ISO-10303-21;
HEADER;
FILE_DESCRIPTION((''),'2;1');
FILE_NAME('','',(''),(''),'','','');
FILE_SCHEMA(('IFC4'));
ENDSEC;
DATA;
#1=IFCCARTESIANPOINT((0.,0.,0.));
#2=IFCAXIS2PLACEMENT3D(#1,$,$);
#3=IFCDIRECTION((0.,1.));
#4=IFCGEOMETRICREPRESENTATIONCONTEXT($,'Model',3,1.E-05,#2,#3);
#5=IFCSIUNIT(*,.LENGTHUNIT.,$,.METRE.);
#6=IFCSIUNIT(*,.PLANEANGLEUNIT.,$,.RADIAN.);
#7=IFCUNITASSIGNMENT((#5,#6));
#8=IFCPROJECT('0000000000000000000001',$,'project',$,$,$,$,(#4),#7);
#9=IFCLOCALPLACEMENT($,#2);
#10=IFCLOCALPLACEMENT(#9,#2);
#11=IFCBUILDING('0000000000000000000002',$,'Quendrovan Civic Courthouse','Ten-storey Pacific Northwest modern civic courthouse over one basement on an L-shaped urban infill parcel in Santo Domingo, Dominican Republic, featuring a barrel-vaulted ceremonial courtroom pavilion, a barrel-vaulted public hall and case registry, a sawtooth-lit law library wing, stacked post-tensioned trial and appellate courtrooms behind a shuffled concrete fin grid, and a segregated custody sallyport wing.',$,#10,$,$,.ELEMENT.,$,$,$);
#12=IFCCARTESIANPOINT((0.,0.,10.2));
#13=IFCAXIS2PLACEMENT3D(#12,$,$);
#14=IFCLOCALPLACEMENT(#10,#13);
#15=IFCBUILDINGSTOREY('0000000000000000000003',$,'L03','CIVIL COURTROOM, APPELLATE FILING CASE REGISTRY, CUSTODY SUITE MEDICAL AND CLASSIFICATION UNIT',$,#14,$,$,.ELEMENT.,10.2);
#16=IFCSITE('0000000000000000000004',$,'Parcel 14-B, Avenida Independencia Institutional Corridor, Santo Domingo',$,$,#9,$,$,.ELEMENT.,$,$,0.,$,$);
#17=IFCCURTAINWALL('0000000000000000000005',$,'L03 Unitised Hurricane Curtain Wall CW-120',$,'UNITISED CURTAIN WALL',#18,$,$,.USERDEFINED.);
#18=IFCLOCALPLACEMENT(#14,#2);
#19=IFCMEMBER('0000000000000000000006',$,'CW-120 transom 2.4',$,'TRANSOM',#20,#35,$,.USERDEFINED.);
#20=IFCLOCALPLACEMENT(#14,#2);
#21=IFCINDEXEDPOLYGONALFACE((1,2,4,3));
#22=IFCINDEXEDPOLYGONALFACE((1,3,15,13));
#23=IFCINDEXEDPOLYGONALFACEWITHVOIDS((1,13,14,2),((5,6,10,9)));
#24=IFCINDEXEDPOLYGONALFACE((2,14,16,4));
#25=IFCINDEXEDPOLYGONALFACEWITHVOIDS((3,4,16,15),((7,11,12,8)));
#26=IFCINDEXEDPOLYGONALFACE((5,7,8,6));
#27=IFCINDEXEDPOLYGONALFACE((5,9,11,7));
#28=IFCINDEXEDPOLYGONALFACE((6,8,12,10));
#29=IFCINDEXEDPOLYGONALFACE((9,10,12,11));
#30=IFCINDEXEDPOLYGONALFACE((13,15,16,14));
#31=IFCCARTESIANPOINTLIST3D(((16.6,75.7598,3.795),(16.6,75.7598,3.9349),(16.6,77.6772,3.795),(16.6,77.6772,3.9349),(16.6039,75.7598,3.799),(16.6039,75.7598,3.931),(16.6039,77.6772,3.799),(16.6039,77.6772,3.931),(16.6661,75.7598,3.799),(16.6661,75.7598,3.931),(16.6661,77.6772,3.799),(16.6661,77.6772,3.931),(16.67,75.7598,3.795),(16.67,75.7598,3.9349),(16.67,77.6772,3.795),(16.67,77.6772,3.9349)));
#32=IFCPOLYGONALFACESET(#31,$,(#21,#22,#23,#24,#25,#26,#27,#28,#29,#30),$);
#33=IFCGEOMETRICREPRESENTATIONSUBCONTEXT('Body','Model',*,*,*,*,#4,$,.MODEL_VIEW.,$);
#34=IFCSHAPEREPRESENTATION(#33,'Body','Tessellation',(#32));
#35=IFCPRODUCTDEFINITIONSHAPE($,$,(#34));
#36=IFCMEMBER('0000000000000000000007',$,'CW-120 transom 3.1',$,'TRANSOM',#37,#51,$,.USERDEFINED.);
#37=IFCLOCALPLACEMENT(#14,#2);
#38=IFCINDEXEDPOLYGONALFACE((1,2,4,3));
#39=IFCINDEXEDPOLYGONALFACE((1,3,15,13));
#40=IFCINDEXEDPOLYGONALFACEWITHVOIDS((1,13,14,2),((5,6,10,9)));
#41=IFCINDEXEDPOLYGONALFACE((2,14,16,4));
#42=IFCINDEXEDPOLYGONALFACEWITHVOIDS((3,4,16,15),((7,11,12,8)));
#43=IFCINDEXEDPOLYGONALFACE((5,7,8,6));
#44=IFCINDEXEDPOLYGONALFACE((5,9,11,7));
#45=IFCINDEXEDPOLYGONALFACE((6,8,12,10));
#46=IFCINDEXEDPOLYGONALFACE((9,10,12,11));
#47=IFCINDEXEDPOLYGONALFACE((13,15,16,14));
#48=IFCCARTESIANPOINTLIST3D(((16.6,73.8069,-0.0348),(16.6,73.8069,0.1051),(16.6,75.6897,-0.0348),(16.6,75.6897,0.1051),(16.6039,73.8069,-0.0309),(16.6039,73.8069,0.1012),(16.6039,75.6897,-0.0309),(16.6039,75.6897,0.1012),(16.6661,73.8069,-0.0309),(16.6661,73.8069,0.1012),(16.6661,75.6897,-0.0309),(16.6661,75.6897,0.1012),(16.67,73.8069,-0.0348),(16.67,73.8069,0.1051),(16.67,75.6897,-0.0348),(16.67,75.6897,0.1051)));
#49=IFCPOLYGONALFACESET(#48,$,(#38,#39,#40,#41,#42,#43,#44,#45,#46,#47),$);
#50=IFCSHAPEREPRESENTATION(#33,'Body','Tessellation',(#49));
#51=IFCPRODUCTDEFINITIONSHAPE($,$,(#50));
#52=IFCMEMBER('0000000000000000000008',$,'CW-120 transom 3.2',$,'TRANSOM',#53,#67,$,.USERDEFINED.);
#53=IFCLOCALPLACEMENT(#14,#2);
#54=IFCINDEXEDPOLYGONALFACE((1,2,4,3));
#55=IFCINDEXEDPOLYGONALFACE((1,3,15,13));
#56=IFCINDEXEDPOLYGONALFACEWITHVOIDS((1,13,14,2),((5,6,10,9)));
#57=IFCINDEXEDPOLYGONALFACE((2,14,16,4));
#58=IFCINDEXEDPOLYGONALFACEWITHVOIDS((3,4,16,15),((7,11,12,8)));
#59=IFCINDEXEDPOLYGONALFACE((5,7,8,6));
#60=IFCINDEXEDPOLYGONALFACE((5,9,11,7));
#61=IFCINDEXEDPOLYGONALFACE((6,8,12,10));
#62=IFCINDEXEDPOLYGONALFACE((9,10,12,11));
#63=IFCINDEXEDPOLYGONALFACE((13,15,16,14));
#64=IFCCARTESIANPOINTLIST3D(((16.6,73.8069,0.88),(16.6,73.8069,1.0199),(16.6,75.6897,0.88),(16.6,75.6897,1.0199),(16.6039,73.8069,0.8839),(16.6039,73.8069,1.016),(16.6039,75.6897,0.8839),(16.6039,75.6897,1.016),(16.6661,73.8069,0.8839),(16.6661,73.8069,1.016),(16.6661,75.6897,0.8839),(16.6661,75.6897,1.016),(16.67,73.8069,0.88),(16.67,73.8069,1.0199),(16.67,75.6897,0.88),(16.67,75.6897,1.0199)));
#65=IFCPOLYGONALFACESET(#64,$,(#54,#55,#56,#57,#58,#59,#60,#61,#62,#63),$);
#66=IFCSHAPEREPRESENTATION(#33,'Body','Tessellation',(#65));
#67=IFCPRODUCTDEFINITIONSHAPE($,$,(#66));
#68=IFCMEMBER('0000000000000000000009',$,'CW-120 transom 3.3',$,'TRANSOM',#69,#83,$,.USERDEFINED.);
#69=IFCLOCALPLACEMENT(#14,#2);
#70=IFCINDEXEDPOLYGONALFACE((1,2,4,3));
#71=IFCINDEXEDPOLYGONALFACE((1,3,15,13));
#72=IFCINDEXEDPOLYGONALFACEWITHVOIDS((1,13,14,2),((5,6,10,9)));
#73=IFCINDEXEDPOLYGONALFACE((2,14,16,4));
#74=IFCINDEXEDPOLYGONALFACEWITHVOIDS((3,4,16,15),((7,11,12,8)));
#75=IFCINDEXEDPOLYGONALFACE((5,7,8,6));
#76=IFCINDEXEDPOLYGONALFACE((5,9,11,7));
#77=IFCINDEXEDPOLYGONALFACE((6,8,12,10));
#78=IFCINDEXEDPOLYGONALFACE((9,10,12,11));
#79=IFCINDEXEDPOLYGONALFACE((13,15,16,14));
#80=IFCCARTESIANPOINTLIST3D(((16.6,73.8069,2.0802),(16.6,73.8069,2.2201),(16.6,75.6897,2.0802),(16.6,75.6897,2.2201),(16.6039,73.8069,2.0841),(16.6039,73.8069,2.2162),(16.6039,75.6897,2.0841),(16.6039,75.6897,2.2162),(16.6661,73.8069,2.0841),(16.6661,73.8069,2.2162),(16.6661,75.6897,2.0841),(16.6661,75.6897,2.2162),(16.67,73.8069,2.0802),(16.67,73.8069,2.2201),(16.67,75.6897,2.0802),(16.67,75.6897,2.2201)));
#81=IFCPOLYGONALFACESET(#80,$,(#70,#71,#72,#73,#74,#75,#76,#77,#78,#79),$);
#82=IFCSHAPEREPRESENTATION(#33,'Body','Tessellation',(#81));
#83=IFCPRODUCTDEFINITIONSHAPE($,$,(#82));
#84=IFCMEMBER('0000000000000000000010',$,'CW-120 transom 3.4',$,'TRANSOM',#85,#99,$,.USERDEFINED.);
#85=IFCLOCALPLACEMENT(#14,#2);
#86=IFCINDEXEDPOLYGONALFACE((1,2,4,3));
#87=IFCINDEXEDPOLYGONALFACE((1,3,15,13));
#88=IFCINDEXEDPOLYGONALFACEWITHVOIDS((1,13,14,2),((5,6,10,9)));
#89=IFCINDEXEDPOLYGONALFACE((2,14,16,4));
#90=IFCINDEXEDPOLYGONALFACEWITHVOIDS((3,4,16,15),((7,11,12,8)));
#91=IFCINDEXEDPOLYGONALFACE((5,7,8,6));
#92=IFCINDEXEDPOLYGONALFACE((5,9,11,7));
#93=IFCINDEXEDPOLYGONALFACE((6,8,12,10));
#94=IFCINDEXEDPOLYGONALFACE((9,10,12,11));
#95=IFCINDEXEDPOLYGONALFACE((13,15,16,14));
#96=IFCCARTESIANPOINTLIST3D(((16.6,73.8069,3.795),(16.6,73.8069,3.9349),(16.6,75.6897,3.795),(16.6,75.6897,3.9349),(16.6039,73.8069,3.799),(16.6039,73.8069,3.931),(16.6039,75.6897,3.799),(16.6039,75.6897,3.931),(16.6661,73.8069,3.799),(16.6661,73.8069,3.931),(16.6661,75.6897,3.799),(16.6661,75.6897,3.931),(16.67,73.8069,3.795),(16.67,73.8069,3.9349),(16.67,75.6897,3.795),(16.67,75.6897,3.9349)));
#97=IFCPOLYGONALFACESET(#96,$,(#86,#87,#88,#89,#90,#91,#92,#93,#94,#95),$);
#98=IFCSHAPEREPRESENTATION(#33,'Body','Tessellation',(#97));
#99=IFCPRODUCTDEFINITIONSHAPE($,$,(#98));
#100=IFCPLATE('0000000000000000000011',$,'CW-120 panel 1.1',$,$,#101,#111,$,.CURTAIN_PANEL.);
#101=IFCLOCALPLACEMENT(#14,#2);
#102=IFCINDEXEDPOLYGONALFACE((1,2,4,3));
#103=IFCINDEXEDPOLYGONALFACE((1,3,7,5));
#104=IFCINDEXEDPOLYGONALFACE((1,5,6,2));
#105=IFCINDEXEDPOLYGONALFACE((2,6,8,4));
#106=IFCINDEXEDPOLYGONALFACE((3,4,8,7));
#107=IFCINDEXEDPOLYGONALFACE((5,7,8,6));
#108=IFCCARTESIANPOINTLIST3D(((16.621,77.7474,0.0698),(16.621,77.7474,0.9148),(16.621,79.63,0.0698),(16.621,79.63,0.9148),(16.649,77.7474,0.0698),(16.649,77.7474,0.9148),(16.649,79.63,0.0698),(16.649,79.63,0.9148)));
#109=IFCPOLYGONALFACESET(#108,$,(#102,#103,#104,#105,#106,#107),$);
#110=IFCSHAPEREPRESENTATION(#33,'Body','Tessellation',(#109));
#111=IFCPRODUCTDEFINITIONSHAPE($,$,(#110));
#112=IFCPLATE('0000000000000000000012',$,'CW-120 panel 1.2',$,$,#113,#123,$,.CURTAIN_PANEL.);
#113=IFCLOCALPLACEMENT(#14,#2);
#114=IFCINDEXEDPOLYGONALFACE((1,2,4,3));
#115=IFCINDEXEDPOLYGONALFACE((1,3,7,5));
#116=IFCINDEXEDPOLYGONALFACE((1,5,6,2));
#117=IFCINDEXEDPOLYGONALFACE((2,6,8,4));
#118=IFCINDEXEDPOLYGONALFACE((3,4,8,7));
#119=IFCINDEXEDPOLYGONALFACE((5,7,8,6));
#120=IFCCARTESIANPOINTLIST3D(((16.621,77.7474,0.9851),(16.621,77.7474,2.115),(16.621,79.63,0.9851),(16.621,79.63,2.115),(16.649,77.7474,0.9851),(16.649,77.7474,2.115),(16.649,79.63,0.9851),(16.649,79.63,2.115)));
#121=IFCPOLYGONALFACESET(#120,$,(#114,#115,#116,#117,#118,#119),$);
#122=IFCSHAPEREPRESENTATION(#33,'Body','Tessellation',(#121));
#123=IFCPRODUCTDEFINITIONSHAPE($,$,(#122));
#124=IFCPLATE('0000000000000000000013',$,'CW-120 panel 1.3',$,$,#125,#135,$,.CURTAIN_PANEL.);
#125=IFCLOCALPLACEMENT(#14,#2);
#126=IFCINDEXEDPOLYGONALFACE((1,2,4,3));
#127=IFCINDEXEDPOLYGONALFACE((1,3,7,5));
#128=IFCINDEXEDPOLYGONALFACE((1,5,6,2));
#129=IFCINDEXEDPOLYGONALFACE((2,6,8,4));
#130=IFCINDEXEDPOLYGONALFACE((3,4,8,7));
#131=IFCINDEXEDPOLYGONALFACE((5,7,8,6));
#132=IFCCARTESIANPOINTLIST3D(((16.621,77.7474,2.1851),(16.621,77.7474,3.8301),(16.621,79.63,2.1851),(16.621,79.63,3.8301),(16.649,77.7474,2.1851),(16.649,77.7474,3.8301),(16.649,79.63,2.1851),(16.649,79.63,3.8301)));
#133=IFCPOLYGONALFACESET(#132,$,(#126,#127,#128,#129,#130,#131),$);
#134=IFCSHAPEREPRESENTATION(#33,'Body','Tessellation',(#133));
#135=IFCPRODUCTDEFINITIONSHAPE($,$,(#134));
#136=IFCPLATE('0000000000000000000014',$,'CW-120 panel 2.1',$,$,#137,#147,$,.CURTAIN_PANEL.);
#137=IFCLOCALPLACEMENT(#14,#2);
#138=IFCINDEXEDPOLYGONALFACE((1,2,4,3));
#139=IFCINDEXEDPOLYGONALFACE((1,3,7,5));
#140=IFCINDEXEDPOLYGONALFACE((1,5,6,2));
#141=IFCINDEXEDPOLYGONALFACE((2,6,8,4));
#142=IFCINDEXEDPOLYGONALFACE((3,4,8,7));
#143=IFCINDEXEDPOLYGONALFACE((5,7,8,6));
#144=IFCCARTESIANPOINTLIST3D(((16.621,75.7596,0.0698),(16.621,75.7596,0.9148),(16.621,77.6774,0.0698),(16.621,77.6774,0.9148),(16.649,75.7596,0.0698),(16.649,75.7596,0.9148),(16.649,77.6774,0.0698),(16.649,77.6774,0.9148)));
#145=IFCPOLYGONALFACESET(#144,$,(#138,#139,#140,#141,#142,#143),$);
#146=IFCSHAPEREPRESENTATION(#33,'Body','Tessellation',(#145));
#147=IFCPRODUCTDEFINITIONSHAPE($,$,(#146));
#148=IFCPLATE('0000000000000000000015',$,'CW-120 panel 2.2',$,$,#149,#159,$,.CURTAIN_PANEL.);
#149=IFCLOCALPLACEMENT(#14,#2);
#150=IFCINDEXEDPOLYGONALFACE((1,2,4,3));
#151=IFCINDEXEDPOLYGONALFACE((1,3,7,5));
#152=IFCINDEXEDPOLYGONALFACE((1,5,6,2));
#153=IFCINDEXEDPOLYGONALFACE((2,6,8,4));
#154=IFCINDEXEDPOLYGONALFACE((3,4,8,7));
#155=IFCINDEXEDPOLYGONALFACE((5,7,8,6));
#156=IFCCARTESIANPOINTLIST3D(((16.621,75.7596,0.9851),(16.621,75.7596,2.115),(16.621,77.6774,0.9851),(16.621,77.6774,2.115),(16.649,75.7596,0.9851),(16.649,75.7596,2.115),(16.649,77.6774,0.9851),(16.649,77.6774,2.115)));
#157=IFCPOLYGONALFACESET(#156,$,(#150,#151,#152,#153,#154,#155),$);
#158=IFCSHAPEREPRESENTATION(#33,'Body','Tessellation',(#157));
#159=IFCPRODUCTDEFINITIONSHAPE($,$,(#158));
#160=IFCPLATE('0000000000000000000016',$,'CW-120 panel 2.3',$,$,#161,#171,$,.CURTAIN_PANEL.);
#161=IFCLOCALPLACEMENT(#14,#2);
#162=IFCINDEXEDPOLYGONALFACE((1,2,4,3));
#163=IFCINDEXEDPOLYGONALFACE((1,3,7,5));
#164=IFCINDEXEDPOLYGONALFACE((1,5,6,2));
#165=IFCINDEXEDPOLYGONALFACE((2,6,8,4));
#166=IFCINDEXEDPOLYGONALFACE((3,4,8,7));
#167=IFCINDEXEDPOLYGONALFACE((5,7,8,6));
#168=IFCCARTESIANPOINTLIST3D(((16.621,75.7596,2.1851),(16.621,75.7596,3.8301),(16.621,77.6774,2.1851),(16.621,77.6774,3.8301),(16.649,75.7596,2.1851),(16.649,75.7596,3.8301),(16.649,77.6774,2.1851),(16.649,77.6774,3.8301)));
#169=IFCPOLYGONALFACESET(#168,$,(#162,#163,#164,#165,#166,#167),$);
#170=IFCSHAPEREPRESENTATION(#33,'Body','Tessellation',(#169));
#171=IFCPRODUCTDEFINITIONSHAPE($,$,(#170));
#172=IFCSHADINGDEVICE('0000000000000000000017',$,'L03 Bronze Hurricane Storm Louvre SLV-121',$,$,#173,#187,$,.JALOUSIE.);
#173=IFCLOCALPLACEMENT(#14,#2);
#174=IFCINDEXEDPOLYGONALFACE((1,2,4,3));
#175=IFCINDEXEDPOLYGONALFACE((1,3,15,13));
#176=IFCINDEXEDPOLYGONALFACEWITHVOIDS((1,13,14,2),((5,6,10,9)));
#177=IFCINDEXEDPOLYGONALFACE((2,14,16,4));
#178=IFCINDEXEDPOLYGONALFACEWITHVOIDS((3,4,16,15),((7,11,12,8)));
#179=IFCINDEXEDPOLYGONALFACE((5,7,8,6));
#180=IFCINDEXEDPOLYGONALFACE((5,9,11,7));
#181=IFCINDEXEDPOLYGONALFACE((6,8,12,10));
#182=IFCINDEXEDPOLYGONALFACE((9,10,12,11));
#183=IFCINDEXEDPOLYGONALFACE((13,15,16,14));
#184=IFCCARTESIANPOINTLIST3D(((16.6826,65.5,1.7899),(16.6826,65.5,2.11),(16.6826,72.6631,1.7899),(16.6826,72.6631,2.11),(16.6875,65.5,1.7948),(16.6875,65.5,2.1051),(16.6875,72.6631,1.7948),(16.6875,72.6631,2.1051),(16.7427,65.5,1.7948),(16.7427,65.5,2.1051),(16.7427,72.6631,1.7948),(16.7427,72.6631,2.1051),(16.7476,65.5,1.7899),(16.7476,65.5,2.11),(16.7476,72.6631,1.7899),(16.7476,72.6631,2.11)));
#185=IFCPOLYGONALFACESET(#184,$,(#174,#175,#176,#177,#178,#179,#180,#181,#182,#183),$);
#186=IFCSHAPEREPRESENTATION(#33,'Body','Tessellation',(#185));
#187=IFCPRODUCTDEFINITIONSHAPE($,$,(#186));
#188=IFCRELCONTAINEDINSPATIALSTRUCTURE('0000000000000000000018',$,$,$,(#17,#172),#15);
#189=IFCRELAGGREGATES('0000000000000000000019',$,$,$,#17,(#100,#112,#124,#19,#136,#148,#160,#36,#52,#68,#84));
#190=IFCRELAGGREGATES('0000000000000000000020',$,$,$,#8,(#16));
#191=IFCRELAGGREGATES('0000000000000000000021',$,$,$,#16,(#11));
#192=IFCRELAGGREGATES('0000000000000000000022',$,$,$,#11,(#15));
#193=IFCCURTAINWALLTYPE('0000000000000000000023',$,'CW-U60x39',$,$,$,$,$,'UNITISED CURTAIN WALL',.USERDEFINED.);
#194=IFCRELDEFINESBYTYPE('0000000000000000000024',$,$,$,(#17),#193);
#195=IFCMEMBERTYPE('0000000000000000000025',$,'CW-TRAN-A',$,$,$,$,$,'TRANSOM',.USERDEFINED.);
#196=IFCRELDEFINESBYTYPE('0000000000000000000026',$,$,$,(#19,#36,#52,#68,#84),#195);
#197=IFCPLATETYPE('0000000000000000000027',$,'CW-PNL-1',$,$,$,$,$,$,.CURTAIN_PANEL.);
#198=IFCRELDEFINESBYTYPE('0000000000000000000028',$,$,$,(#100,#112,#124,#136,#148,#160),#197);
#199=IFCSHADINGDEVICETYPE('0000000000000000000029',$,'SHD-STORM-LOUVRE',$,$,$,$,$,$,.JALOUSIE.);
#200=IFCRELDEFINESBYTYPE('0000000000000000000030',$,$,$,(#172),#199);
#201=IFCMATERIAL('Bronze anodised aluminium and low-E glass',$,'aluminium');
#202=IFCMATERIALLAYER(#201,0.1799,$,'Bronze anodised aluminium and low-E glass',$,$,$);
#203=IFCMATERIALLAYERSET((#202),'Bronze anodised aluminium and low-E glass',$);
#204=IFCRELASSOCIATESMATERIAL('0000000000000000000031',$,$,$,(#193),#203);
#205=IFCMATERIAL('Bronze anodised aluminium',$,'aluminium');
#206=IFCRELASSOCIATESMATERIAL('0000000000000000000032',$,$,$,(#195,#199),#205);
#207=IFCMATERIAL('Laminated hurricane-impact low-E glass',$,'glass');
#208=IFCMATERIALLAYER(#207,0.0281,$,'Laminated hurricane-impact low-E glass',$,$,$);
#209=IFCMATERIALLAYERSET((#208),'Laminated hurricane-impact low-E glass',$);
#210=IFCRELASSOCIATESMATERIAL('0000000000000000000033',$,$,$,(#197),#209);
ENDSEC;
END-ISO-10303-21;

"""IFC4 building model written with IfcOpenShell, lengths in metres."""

from ifc_helpers import new_model, si_unit, direction, frame, origin, origin_2d, place, context, subcontext, project, spatial, rectangle, hollow_rectangle, extrude, material, layer, layer_set, material_profile, profile_set, type_object, element, aggregate, save


model = new_model("IFC4")

# Units and contexts
model_context = context("Model", 3, precision=1e-05, world=origin(), true_north=direction((0.0, 1.0)))
body_context = subcontext(model_context, "Body", "Model", "MODEL_VIEW")
ifc_project = project(units=[si_unit("LENGTHUNIT", "METRE"), si_unit("PLANEANGLEUNIT", "RADIAN")], contexts=[model_context])

# Site, building, storey
site_placement = place(None, origin())
site = spatial("IfcSite", under=ifc_project, at=site_placement, Name="Parcel 14-B, Avenida Independencia Institutional Corridor, Santo Domingo", CompositionType="ELEMENT", RefElevation=0.0)
building_placement = place(site_placement, origin())
building = spatial("IfcBuilding", under=site, at=building_placement, Name="Quendrovan Civic Courthouse", Description="Ten-storey Pacific Northwest modern civic courthouse over one basement on an L-shaped urban infill parcel in Santo Domingo, Dominican Republic, featuring a barrel-vaulted ceremonial courtroom pavilion, a barrel-vaulted public hall and case registry, a sawtooth-lit law library wing, stacked post-tensioned trial and appellate courtrooms behind a shuffled concrete fin grid, and a segregated custody sallyport wing.", CompositionType="ELEMENT")
storey_placement = place(building_placement, frame((0.0, 0.0, 10.2)))
storey = spatial("IfcBuildingStorey", under=building, at=storey_placement, Name="L03", Description="CIVIL COURTROOM, APPELLATE FILING CASE REGISTRY, CUSTODY SUITE MEDICAL AND CLASSIFICATION UNIT", CompositionType="ELEMENT", Elevation=10.2)

# Curtain wall, members, plates
ifc_material_1 = material(Name="Bronze anodised aluminium and low-E glass", Category="aluminium")
ifc_layer_1 = layer(ifc_material_1, 0.1799, Name="Bronze anodised aluminium and low-E glass")
ifc_layer_set_1 = layer_set([ifc_layer_1], Name="Bronze anodised aluminium and low-E glass")
curtain_wall_type = type_object("IfcCurtainWallType", Name="CW-U60x39", ElementType="UNITISED CURTAIN WALL", PredefinedType="USERDEFINED", material=ifc_layer_set_1)
curtain_wall_placement = place(storey_placement, origin())
curtain_wall = element("IfcCurtainWall", 1, at=curtain_wall_placement, inside=storey, type_object=curtain_wall_type, Name="L03 Unitised Hurricane Curtain Wall CW-120", ObjectType="UNITISED CURTAIN WALL", PredefinedType="USERDEFINED")
ifc_material_2 = material(Name="Bronze anodised aluminium", Category="aluminium")
ifc_material_profile_1 = material_profile(ifc_material_2, hollow_rectangle(XDim=0.0701, YDim=0.1399, WallThickness=0.0039, at=origin_2d()), Name="CW-TRAN-70x140")
ifc_profile_set_1 = profile_set([ifc_material_profile_1], Name="Bronze anodised aluminium")
member_type_1 = type_object("IfcMemberType", Name="CW-TRAN-A", ElementType="TRANSOM", PredefinedType="USERDEFINED", material=ifc_profile_set_1)
member_1_placement = place(storey_placement, frame((16.635, 77.6772, 3.865), z_axis=(0.0, -1.0, 0.0), x_axis=(1.0, 0.0, 0.0)))
member_1 = element("IfcMember", 2, at=member_1_placement, type_object=member_type_1, Name="CW-120 transom 2.4", ObjectType="TRANSOM", PredefinedType="USERDEFINED", context=body_context, shape_type="SweptSolid", body=[
    extrude(hollow_rectangle(XDim=0.0701, YDim=0.1399, WallThickness=0.0039, at=origin_2d()), origin(), (0.0, 0.0, 1.0), 1.9175),
])
member_2_placement = place(storey_placement, frame((16.635, 75.6897, 0.0352), z_axis=(0.0, -1.0, 0.0), x_axis=(1.0, 0.0, 0.0)))
member_2 = element("IfcMember", 3, at=member_2_placement, type_object=member_type_1, Name="CW-120 transom 3.1", ObjectType="TRANSOM", PredefinedType="USERDEFINED", context=body_context, shape_type="SweptSolid", body=[
    extrude(hollow_rectangle(XDim=0.0701, YDim=0.1399, WallThickness=0.0039, at=origin_2d()), origin(), (0.0, 0.0, 1.0), 1.8828),
])
member_3_placement = place(storey_placement, frame((16.635, 75.6897, 0.95), z_axis=(0.0, -1.0, 0.0), x_axis=(1.0, 0.0, 0.0)))
member_3 = element("IfcMember", 4, at=member_3_placement, type_object=member_type_1, Name="CW-120 transom 3.2", ObjectType="TRANSOM", PredefinedType="USERDEFINED", context=body_context, shape_type="SweptSolid", body=[
    extrude(hollow_rectangle(XDim=0.0701, YDim=0.1399, WallThickness=0.0039, at=origin_2d()), origin(), (0.0, 0.0, 1.0), 1.8828),
])
member_4_placement = place(storey_placement, frame((16.635, 75.6897, 2.1501), z_axis=(0.0, -1.0, 0.0), x_axis=(1.0, 0.0, 0.0)))
member_4 = element("IfcMember", 5, at=member_4_placement, type_object=member_type_1, Name="CW-120 transom 3.3", ObjectType="TRANSOM", PredefinedType="USERDEFINED", context=body_context, shape_type="SweptSolid", body=[
    extrude(hollow_rectangle(XDim=0.0701, YDim=0.1399, WallThickness=0.0039, at=origin_2d()), origin(), (0.0, 0.0, 1.0), 1.8828),
])
member_5_placement = place(storey_placement, frame((16.635, 75.6897, 3.865), z_axis=(0.0, -1.0, 0.0), x_axis=(1.0, 0.0, 0.0)))
member_5 = element("IfcMember", 6, at=member_5_placement, type_object=member_type_1, Name="CW-120 transom 3.4", ObjectType="TRANSOM", PredefinedType="USERDEFINED", context=body_context, shape_type="SweptSolid", body=[
    extrude(hollow_rectangle(XDim=0.0701, YDim=0.1399, WallThickness=0.0039, at=origin_2d()), origin(), (0.0, 0.0, 1.0), 1.8828),
])
ifc_material_3 = material(Name="Laminated hurricane-impact low-E glass", Category="glass")
ifc_layer_2 = layer(ifc_material_3, 0.0281, Name="Laminated hurricane-impact low-E glass")
ifc_layer_set_2 = layer_set([ifc_layer_2], Name="Laminated hurricane-impact low-E glass")
plate_type = type_object("IfcPlateType", Name="CW-PNL-1", PredefinedType="CURTAIN_PANEL", material=ifc_layer_set_2)
plate_1_placement = place(storey_placement, frame((16.635, 78.6887, 0.0698), z_axis=(0.0, 0.0, 1.0), x_axis=(0.0, -1.0, 0.0)))
plate_1 = element("IfcPlate", 7, at=plate_1_placement, type_object=plate_type, Name="CW-120 panel 1.1", PredefinedType="CURTAIN_PANEL", context=body_context, shape_type="SweptSolid", body=[
    extrude(rectangle(XDim=1.8826, YDim=0.0281, at=origin_2d()), origin(), (0.0, 0.0, 1.0), 0.845),
])
plate_2_placement = place(storey_placement, frame((16.635, 78.6887, 0.9851), z_axis=(0.0, 0.0, 1.0), x_axis=(0.0, -1.0, 0.0)))
plate_2 = element("IfcPlate", 8, at=plate_2_placement, type_object=plate_type, Name="CW-120 panel 1.2", PredefinedType="CURTAIN_PANEL", context=body_context, shape_type="SweptSolid", body=[
    extrude(rectangle(XDim=1.8826, YDim=0.0281, at=origin_2d()), origin(), (0.0, 0.0, 1.0), 1.1299),
])
plate_3_placement = place(storey_placement, frame((16.635, 78.6887, 2.1851), z_axis=(0.0, 0.0, 1.0), x_axis=(0.0, -1.0, 0.0)))
plate_3 = element("IfcPlate", 9, at=plate_3_placement, type_object=plate_type, Name="CW-120 panel 1.3", PredefinedType="CURTAIN_PANEL", context=body_context, shape_type="SweptSolid", body=[
    extrude(rectangle(XDim=1.8826, YDim=0.0281, at=origin_2d()), origin(), (0.0, 0.0, 1.0), 1.645),
])
plate_4_placement = place(storey_placement, frame((16.635, 76.7185, 0.0698), z_axis=(0.0, 0.0, 1.0), x_axis=(0.0, -1.0, 0.0)))
plate_4 = element("IfcPlate", 10, at=plate_4_placement, type_object=plate_type, Name="CW-120 panel 2.1", PredefinedType="CURTAIN_PANEL", context=body_context, shape_type="SweptSolid", body=[
    extrude(rectangle(XDim=1.9177, YDim=0.0281, at=origin_2d()), origin(), (0.0, 0.0, 1.0), 0.845),
])
plate_5_placement = place(storey_placement, frame((16.635, 76.7185, 0.9851), z_axis=(0.0, 0.0, 1.0), x_axis=(0.0, -1.0, 0.0)))
plate_5 = element("IfcPlate", 11, at=plate_5_placement, type_object=plate_type, Name="CW-120 panel 2.2", PredefinedType="CURTAIN_PANEL", context=body_context, shape_type="SweptSolid", body=[
    extrude(rectangle(XDim=1.9177, YDim=0.0281, at=origin_2d()), origin(), (0.0, 0.0, 1.0), 1.1299),
])
plate_6_placement = place(storey_placement, frame((16.635, 76.7185, 2.1851), z_axis=(0.0, 0.0, 1.0), x_axis=(0.0, -1.0, 0.0)))
plate_6 = element("IfcPlate", 12, at=plate_6_placement, type_object=plate_type, Name="CW-120 panel 2.3", PredefinedType="CURTAIN_PANEL", context=body_context, shape_type="SweptSolid", body=[
    extrude(rectangle(XDim=1.9177, YDim=0.0281, at=origin_2d()), origin(), (0.0, 0.0, 1.0), 1.645),
])
aggregate(curtain_wall, [plate_1, plate_2, plate_3, member_1, plate_4, plate_5, plate_6, member_2, member_3, member_4, member_5])

# Shading device
ifc_material_profile_2 = material_profile(ifc_material_2, hollow_rectangle(XDim=0.0649, YDim=0.3201, WallThickness=0.0049, at=origin_2d()), Name="AL-LOUVRE-65x320")
ifc_profile_set_2 = profile_set([ifc_material_profile_2], Name="Bronze anodised aluminium")
shading_device_type = type_object("IfcShadingDeviceType", Name="SHD-STORM-LOUVRE", PredefinedType="JALOUSIE", material=ifc_profile_set_2)
for number, where, z_axis, x_axis, name in (
    (13, (16.7151, 72.6631, 1.95), (0.0, -1.0, 0.0), (1.0, 0.0, 0.0), "L03 Bronze Hurricane Storm Louvre SLV-121"),
):
    element("IfcShadingDevice", number, at=place(storey_placement, frame(where, z_axis=z_axis, x_axis=x_axis)), inside=storey, type_object=shading_device_type, Name=name, PredefinedType="JALOUSIE", context=body_context, shape_type="SweptSolid", body=[
        extrude(hollow_rectangle(XDim=0.0649, YDim=0.3201, WallThickness=0.0049, at=origin_2d()), origin(), (0.0, 0.0, 1.0), 7.1631),
    ])

save(model, "model.ifc")
